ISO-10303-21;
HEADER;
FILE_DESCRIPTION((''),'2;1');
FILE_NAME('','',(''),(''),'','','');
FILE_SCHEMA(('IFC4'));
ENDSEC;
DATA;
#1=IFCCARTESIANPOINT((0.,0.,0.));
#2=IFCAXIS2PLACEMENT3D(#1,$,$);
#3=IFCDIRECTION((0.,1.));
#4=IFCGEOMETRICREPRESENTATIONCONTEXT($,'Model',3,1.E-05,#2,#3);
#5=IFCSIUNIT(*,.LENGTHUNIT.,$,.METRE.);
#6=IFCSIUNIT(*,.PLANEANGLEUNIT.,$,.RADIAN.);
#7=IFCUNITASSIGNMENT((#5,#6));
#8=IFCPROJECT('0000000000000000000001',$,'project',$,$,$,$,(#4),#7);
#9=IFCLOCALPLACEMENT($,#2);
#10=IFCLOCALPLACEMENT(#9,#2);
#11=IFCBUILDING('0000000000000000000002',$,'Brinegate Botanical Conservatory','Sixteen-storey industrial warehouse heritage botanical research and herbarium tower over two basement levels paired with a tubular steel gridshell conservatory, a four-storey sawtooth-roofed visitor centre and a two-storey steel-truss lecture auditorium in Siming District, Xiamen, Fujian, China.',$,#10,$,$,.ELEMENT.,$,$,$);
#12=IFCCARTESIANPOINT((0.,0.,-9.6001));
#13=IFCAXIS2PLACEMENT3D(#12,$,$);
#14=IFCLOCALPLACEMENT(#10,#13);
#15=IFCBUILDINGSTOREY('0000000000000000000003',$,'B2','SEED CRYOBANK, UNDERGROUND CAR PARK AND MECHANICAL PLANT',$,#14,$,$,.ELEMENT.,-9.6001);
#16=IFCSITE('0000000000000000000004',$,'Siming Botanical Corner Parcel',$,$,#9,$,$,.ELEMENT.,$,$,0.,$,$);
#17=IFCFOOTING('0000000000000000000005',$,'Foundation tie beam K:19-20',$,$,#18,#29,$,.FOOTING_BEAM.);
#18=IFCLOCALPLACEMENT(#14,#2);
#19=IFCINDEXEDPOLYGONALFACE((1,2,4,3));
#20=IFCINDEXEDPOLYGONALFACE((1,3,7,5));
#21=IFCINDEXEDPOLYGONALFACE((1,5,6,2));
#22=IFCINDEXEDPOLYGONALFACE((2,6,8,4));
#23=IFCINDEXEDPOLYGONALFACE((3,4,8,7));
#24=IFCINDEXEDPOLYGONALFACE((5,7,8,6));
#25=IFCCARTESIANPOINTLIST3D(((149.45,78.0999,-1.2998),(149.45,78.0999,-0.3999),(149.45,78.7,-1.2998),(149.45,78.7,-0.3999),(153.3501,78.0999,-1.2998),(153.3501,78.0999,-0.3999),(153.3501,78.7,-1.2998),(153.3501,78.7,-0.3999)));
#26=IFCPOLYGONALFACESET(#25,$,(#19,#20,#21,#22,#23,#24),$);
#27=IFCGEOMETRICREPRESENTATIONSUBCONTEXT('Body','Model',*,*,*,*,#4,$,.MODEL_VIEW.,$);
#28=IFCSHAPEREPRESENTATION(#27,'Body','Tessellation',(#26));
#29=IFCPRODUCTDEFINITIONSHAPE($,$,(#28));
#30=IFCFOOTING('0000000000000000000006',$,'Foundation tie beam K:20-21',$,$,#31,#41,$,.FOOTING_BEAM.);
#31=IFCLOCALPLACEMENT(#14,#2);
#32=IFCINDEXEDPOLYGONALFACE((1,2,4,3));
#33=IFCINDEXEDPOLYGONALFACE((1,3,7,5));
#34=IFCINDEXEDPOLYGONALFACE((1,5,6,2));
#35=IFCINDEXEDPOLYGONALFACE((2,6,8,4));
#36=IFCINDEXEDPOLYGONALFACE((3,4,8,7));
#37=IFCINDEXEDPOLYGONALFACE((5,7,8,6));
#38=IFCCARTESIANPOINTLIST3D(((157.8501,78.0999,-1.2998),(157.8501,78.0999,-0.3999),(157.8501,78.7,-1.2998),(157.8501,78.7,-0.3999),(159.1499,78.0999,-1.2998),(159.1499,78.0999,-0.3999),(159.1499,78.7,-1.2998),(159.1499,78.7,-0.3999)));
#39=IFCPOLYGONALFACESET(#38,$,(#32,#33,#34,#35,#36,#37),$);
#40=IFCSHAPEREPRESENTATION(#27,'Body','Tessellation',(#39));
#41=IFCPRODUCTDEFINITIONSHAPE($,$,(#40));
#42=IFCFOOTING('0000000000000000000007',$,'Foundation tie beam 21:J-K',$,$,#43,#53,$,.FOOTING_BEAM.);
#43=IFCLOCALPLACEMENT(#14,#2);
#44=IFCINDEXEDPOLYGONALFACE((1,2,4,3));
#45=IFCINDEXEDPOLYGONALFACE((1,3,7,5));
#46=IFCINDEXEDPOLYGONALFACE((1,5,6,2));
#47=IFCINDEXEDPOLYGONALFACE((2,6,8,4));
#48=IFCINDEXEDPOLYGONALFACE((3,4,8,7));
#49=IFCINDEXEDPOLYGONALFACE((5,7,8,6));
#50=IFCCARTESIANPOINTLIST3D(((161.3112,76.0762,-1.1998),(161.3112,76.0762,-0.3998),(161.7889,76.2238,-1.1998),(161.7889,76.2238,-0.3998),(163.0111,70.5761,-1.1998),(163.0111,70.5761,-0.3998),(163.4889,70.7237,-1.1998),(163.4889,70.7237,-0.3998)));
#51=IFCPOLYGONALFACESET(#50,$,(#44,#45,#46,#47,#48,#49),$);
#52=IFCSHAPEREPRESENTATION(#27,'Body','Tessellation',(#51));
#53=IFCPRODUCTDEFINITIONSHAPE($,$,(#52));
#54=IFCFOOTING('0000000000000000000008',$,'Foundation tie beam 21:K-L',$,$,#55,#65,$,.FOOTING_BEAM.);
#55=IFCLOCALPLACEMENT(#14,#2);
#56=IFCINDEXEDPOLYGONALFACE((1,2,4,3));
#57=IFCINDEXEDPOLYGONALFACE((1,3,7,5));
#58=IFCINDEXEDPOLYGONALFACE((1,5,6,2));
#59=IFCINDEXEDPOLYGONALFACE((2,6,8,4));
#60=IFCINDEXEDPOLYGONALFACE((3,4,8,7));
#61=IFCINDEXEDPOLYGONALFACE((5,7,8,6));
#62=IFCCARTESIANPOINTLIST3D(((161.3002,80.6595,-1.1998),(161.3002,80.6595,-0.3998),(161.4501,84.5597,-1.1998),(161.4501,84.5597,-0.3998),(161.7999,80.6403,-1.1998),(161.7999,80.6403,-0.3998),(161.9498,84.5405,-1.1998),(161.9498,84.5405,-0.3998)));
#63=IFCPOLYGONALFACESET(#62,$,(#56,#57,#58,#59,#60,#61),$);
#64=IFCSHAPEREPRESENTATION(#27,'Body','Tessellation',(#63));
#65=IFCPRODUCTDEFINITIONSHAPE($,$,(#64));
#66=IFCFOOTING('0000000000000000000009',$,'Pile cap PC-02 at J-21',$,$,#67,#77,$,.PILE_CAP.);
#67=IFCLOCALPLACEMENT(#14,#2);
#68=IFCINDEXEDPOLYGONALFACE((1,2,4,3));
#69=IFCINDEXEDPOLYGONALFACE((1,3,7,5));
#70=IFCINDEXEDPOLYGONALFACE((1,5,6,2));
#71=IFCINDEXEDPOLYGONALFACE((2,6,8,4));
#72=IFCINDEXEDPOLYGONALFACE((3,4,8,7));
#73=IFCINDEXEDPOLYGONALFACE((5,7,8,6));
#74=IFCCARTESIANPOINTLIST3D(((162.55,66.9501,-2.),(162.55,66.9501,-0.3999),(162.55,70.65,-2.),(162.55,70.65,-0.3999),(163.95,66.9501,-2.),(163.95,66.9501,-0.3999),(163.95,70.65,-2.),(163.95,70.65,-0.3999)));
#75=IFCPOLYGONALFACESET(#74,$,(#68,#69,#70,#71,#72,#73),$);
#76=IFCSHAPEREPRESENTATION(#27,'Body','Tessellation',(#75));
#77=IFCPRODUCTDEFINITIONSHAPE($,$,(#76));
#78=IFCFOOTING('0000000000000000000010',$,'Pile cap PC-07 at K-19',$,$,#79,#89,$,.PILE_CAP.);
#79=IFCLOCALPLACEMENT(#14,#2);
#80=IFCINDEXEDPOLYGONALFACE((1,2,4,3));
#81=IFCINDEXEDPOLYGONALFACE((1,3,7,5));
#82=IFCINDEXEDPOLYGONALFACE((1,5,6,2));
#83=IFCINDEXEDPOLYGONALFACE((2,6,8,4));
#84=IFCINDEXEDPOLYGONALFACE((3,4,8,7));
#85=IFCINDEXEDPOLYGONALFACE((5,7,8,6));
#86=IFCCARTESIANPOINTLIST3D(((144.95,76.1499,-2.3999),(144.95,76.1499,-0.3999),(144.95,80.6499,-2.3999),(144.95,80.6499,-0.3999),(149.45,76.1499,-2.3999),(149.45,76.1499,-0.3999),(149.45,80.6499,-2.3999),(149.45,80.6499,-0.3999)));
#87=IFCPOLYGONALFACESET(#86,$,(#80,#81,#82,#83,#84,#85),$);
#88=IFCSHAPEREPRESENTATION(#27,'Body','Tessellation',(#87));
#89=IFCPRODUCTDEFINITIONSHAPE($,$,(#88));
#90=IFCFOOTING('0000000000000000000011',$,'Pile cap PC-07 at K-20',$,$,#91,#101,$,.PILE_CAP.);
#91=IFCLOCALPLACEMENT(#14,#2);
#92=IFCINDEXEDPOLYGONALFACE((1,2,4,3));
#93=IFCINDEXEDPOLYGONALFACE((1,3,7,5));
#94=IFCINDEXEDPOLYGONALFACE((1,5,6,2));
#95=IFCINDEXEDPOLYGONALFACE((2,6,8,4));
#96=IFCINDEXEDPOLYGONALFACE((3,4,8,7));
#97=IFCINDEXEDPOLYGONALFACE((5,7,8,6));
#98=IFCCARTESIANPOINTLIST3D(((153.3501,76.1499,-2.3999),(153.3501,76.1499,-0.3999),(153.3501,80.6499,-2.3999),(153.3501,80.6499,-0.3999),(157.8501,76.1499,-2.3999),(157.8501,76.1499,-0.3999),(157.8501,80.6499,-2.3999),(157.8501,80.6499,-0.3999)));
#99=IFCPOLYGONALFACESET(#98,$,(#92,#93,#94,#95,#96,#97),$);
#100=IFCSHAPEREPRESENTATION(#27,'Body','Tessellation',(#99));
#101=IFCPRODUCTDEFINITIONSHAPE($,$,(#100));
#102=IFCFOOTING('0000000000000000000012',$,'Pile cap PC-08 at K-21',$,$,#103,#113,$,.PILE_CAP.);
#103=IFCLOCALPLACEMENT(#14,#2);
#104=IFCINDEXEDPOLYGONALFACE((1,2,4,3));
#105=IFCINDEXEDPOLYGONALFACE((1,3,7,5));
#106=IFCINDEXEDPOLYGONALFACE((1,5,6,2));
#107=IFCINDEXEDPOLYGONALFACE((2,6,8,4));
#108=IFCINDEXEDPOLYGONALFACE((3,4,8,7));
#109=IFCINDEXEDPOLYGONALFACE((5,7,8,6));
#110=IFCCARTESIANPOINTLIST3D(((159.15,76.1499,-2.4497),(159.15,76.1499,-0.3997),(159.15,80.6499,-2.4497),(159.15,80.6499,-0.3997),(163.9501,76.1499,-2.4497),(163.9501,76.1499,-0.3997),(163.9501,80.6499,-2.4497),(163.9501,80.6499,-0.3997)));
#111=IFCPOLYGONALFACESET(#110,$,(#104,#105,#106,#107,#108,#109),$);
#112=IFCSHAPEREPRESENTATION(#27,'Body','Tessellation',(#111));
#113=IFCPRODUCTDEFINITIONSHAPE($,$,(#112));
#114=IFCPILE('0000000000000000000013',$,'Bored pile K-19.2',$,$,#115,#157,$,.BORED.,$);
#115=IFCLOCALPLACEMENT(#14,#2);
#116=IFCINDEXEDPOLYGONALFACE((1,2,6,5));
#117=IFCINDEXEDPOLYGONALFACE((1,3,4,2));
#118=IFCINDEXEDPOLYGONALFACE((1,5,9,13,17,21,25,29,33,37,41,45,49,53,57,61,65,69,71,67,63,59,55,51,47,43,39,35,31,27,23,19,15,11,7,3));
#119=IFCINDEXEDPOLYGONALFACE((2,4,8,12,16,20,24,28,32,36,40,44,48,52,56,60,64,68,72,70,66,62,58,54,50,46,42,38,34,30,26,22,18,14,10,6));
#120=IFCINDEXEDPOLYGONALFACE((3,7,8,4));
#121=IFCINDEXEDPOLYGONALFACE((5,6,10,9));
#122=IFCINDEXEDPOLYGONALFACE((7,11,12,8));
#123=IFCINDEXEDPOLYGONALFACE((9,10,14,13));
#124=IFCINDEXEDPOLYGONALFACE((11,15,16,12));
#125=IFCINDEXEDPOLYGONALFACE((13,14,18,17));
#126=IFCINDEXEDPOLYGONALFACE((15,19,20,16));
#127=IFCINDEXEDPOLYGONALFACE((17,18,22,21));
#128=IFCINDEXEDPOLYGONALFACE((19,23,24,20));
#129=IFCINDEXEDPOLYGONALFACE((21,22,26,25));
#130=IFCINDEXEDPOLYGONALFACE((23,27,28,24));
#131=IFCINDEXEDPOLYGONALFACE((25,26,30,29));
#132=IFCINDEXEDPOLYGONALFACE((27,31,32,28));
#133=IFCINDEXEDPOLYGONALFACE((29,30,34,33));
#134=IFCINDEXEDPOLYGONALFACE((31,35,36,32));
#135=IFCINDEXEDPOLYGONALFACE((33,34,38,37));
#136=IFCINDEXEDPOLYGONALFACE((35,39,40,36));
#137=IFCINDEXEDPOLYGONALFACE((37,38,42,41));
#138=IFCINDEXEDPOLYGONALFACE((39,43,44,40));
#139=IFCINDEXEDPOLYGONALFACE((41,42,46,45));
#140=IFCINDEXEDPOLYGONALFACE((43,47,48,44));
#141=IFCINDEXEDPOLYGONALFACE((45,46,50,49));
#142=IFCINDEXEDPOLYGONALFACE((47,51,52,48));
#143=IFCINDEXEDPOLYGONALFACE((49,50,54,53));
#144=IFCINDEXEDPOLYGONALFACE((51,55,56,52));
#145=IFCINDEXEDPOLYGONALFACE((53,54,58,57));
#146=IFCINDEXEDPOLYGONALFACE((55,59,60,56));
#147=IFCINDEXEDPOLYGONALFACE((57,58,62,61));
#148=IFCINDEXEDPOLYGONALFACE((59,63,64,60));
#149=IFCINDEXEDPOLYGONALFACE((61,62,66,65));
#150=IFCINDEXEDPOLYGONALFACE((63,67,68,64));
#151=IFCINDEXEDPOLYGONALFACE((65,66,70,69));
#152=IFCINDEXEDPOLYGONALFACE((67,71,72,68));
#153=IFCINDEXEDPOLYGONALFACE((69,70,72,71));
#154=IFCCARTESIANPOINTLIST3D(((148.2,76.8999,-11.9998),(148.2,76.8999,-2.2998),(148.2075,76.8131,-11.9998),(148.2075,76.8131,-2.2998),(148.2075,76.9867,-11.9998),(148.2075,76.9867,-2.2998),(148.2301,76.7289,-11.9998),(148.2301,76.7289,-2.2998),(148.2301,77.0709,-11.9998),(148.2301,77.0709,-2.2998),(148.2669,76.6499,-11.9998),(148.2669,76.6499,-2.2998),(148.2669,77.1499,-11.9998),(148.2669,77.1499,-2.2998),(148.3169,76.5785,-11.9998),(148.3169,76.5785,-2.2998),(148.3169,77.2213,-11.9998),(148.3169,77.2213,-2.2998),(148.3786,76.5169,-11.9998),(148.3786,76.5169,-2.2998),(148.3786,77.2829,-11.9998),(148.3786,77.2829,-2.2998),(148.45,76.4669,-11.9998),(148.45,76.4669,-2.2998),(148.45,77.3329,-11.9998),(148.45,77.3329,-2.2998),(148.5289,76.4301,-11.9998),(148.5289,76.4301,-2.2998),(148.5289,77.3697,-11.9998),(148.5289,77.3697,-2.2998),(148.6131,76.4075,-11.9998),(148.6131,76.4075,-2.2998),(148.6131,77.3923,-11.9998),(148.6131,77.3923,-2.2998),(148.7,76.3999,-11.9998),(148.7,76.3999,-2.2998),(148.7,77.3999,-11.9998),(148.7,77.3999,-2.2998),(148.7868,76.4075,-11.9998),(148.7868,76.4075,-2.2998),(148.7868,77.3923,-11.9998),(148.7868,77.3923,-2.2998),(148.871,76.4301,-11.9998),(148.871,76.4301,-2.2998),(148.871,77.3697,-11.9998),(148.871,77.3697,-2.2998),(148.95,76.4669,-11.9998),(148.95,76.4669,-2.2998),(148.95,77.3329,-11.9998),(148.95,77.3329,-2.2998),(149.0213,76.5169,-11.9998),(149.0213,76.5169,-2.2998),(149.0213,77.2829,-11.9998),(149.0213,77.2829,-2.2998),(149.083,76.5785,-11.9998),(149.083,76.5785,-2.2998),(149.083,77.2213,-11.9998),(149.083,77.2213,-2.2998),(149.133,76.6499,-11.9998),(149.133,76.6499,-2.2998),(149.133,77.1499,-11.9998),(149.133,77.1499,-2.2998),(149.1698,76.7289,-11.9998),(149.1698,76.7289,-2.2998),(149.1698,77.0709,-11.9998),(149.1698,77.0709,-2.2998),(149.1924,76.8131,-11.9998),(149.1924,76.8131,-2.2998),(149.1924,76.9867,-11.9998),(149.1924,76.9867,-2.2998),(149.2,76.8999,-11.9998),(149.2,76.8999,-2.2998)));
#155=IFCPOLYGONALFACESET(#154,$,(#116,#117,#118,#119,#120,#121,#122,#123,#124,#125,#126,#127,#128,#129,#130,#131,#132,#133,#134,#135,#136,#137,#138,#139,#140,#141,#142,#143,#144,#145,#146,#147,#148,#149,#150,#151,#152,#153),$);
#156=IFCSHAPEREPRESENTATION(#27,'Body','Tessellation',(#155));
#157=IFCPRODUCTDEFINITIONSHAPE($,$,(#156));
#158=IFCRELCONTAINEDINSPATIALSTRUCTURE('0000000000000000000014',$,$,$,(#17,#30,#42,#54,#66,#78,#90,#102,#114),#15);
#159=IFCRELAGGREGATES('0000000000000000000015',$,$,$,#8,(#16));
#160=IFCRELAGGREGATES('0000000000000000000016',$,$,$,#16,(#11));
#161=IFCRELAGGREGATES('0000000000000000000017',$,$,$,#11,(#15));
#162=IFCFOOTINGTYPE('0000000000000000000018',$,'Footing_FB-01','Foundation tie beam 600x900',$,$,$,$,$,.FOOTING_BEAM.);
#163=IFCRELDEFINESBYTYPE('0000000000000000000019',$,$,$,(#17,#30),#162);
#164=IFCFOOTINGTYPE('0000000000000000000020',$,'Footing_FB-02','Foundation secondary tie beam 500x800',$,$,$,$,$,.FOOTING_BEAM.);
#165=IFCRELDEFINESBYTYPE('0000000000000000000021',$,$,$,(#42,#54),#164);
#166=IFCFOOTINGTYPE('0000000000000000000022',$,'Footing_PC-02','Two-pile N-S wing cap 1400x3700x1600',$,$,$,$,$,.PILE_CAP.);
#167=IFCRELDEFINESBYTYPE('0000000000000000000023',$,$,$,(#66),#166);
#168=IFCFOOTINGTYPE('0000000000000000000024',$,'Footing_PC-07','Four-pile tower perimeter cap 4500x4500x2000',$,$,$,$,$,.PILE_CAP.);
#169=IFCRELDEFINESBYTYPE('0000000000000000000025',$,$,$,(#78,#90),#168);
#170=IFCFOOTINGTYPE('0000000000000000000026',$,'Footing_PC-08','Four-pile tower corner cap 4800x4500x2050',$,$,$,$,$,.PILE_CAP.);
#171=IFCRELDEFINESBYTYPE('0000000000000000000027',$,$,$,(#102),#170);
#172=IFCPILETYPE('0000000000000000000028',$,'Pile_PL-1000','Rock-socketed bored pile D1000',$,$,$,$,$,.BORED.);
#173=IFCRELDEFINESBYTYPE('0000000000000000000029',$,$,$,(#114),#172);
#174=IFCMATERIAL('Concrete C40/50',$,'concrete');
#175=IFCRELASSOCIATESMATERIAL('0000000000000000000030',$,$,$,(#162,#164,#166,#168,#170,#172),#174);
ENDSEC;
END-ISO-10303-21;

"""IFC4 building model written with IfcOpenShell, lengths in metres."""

from ifc_helpers import new_model, si_unit, direction, frame, origin, origin_2d, place, context, subcontext, project, spatial, rectangle, circle, extrude, material, material_profile, profile_set, type_object, element, save


model = new_model("IFC4")

# Units and contexts
model_context = context("Model", 3, precision=1e-05, world=origin(), true_north=direction((0.0, 1.0)))
body_context = subcontext(model_context, "Body", "Model", "MODEL_VIEW")
ifc_project = project(units=[si_unit("LENGTHUNIT", "METRE"), si_unit("PLANEANGLEUNIT", "RADIAN")], contexts=[model_context])

# Site, building, storey
site_placement = place(None, origin())
site = spatial("IfcSite", under=ifc_project, at=site_placement, Name="Siming Botanical Corner Parcel", CompositionType="ELEMENT", RefElevation=0.0)
building_placement = place(site_placement, origin())
building = spatial("IfcBuilding", under=site, at=building_placement, Name="Brinegate Botanical Conservatory", Description="Sixteen-storey industrial warehouse heritage botanical research and herbarium tower over two basement levels paired with a tubular steel gridshell conservatory, a four-storey sawtooth-roofed visitor centre and a two-storey steel-truss lecture auditorium in Siming District, Xiamen, Fujian, China.", CompositionType="ELEMENT")
storey_placement = place(building_placement, frame((0.0, 0.0, -9.6001)))
storey = spatial("IfcBuildingStorey", under=building, at=storey_placement, Name="B2", Description="SEED CRYOBANK, UNDERGROUND CAR PARK AND MECHANICAL PLANT", CompositionType="ELEMENT", Elevation=-9.6001)

# Footings
ifc_material_1 = material(Name="Concrete C40/50", Category="concrete")
ifc_material_profile_1 = material_profile(ifc_material_1, rectangle(XDim=0.6001, YDim=0.8999, at=origin_2d()), Name="RC GB 600x900")
ifc_profile_set_1 = profile_set([ifc_material_profile_1], Name="Concrete C40/50")
footing_type_1 = type_object("IfcFootingType", Name="Footing_FB-01", Description="Foundation tie beam 600x900", PredefinedType="FOOTING_BEAM", material=ifc_profile_set_1)
footing_1_placement = place(storey_placement, frame((149.45, 78.3999, -0.8499), z_axis=(1.0, 0.0, 0.0), x_axis=(0.0, 1.0, 0.0)))
element("IfcFooting", 1, at=footing_1_placement, inside=storey, type_object=footing_type_1, Name="Foundation tie beam K:19-20", PredefinedType="FOOTING_BEAM", context=body_context, shape_type="SweptSolid", body=[
    extrude(rectangle(XDim=0.6001, YDim=0.8999, at=origin_2d()), origin(), (0.0, 0.0, 1.0), 3.9001),
])
footing_2_placement = place(storey_placement, frame((157.8501, 78.3999, -0.8499), z_axis=(1.0, 0.0, 0.0), x_axis=(0.0, 1.0, 0.0)))
element("IfcFooting", 2, at=footing_2_placement, inside=storey, type_object=footing_type_1, Name="Foundation tie beam K:20-21", PredefinedType="FOOTING_BEAM", context=body_context, shape_type="SweptSolid", body=[
    extrude(rectangle(XDim=0.6001, YDim=0.8999, at=origin_2d()), origin(), (0.0, 0.0, 1.0), 1.2998),
])
ifc_material_profile_2 = material_profile(ifc_material_1, rectangle(XDim=0.5, YDim=0.8, at=origin_2d()), Name="RC GB 500x800")
ifc_profile_set_2 = profile_set([ifc_material_profile_2], Name="Concrete C40/50")
footing_type_2 = type_object("IfcFootingType", Name="Footing_FB-02", Description="Foundation secondary tie beam 500x800", PredefinedType="FOOTING_BEAM", material=ifc_profile_set_2)
footing_3_placement = place(storey_placement, frame((163.25, 70.6499, -0.7998), z_axis=(-0.295299, 0.955405, 0.0), x_axis=(-0.955405, -0.295299, 0.0)))
element("IfcFooting", 3, at=footing_3_placement, inside=storey, type_object=footing_type_2, Name="Foundation tie beam 21:J-K", PredefinedType="FOOTING_BEAM", context=body_context, shape_type="SweptSolid", body=[
    extrude(rectangle(XDim=0.5, YDim=0.8, at=origin_2d()), origin(), (0.0, 0.0, 1.0), 5.7568),
])
footing_4_placement = place(storey_placement, frame((161.55, 80.6499, -0.7998), z_axis=(0.038407, 0.999262, 0.0), x_axis=(-0.999262, 0.038407, 0.0)))
element("IfcFooting", 4, at=footing_4_placement, inside=storey, type_object=footing_type_2, Name="Foundation tie beam 21:K-L", PredefinedType="FOOTING_BEAM", context=body_context, shape_type="SweptSolid", body=[
    extrude(rectangle(XDim=0.5, YDim=0.8, at=origin_2d()), origin(), (0.0, 0.0, 1.0), 3.9031),
])
footing_type_3 = type_object("IfcFootingType", Name="Footing_PC-02", Description="Two-pile N-S wing cap 1400x3700x1600", PredefinedType="PILE_CAP", material=ifc_material_1)
footing_5_placement = place(storey_placement, frame((163.25, 68.8, -2.0), z_axis=(0.0, 0.0, 1.0), x_axis=(1.0, 0.0, 0.0)))
element("IfcFooting", 5, at=footing_5_placement, inside=storey, type_object=footing_type_3, Name="Pile cap PC-02 at J-21", PredefinedType="PILE_CAP", context=body_context, shape_type="SweptSolid", body=[
    extrude(rectangle(XDim=1.3999, YDim=3.7, at=origin_2d()), origin(), (0.0, 0.0, 1.0), 1.6001),
])
footing_type_4 = type_object("IfcFootingType", Name="Footing_PC-07", Description="Four-pile tower perimeter cap 4500x4500x2000", PredefinedType="PILE_CAP", material=ifc_material_1)
for number, where, z_axis, x_axis, name in (
    (6, (147.2, 78.3999, -2.3999), (0.0, 0.0, 1.0), (1.0, 0.0, 0.0), "Pile cap PC-07 at K-19"),
    (7, (155.6001, 78.3999, -2.3999), (0.0, 0.0, 1.0), (1.0, 0.0, 0.0), "Pile cap PC-07 at K-20"),
):
    element("IfcFooting", number, at=place(storey_placement, frame(where, z_axis=z_axis, x_axis=x_axis)), inside=storey, type_object=footing_type_4, Name=name, PredefinedType="PILE_CAP", context=body_context, shape_type="SweptSolid", body=[
        extrude(rectangle(XDim=4.5, YDim=4.5, at=origin_2d()), origin(), (0.0, 0.0, 1.0), 2.0),
    ])
footing_type_5 = type_object("IfcFootingType", Name="Footing_PC-08", Description="Four-pile tower corner cap 4800x4500x2050", PredefinedType="PILE_CAP", material=ifc_material_1)
footing_6_placement = place(storey_placement, frame((161.55, 78.3999, -2.4497), z_axis=(0.0, 0.0, 1.0), x_axis=(1.0, 0.0, 0.0)))
element("IfcFooting", 8, at=footing_6_placement, inside=storey, type_object=footing_type_5, Name="Pile cap PC-08 at K-21", PredefinedType="PILE_CAP", context=body_context, shape_type="SweptSolid", body=[
    extrude(rectangle(XDim=4.8, YDim=4.5, at=origin_2d()), origin(), (0.0, 0.0, 1.0), 2.05),
])

# Pile
ifc_material_profile_3 = material_profile(ifc_material_1, circle(Radius=0.5, at=origin_2d()), Name="PILE D1000")
ifc_profile_set_3 = profile_set([ifc_material_profile_3], Name="Concrete C40/50")
pile_type_1 = type_object("IfcPileType", Name="Pile_PL-1000", Description="Rock-socketed bored pile D1000", PredefinedType="BORED", material=ifc_profile_set_3)
for number, where, z_axis, x_axis, name in (
    (9, (148.7, 76.8999, -2.2998), (0.0, 0.0, -1.0), (1.0, 0.0, 0.0), "Bored pile K-19.2"),
):
    element("IfcPile", number, at=place(storey_placement, frame(where, z_axis=z_axis, x_axis=x_axis)), inside=storey, type_object=pile_type_1, Name=name, PredefinedType="BORED", context=body_context, shape_type="SweptSolid", body=[
        extrude(circle(Radius=0.5, at=origin_2d()), origin(), (0.0, 0.0, 1.0), 9.7),
    ])

save(model, "model.ifc")
